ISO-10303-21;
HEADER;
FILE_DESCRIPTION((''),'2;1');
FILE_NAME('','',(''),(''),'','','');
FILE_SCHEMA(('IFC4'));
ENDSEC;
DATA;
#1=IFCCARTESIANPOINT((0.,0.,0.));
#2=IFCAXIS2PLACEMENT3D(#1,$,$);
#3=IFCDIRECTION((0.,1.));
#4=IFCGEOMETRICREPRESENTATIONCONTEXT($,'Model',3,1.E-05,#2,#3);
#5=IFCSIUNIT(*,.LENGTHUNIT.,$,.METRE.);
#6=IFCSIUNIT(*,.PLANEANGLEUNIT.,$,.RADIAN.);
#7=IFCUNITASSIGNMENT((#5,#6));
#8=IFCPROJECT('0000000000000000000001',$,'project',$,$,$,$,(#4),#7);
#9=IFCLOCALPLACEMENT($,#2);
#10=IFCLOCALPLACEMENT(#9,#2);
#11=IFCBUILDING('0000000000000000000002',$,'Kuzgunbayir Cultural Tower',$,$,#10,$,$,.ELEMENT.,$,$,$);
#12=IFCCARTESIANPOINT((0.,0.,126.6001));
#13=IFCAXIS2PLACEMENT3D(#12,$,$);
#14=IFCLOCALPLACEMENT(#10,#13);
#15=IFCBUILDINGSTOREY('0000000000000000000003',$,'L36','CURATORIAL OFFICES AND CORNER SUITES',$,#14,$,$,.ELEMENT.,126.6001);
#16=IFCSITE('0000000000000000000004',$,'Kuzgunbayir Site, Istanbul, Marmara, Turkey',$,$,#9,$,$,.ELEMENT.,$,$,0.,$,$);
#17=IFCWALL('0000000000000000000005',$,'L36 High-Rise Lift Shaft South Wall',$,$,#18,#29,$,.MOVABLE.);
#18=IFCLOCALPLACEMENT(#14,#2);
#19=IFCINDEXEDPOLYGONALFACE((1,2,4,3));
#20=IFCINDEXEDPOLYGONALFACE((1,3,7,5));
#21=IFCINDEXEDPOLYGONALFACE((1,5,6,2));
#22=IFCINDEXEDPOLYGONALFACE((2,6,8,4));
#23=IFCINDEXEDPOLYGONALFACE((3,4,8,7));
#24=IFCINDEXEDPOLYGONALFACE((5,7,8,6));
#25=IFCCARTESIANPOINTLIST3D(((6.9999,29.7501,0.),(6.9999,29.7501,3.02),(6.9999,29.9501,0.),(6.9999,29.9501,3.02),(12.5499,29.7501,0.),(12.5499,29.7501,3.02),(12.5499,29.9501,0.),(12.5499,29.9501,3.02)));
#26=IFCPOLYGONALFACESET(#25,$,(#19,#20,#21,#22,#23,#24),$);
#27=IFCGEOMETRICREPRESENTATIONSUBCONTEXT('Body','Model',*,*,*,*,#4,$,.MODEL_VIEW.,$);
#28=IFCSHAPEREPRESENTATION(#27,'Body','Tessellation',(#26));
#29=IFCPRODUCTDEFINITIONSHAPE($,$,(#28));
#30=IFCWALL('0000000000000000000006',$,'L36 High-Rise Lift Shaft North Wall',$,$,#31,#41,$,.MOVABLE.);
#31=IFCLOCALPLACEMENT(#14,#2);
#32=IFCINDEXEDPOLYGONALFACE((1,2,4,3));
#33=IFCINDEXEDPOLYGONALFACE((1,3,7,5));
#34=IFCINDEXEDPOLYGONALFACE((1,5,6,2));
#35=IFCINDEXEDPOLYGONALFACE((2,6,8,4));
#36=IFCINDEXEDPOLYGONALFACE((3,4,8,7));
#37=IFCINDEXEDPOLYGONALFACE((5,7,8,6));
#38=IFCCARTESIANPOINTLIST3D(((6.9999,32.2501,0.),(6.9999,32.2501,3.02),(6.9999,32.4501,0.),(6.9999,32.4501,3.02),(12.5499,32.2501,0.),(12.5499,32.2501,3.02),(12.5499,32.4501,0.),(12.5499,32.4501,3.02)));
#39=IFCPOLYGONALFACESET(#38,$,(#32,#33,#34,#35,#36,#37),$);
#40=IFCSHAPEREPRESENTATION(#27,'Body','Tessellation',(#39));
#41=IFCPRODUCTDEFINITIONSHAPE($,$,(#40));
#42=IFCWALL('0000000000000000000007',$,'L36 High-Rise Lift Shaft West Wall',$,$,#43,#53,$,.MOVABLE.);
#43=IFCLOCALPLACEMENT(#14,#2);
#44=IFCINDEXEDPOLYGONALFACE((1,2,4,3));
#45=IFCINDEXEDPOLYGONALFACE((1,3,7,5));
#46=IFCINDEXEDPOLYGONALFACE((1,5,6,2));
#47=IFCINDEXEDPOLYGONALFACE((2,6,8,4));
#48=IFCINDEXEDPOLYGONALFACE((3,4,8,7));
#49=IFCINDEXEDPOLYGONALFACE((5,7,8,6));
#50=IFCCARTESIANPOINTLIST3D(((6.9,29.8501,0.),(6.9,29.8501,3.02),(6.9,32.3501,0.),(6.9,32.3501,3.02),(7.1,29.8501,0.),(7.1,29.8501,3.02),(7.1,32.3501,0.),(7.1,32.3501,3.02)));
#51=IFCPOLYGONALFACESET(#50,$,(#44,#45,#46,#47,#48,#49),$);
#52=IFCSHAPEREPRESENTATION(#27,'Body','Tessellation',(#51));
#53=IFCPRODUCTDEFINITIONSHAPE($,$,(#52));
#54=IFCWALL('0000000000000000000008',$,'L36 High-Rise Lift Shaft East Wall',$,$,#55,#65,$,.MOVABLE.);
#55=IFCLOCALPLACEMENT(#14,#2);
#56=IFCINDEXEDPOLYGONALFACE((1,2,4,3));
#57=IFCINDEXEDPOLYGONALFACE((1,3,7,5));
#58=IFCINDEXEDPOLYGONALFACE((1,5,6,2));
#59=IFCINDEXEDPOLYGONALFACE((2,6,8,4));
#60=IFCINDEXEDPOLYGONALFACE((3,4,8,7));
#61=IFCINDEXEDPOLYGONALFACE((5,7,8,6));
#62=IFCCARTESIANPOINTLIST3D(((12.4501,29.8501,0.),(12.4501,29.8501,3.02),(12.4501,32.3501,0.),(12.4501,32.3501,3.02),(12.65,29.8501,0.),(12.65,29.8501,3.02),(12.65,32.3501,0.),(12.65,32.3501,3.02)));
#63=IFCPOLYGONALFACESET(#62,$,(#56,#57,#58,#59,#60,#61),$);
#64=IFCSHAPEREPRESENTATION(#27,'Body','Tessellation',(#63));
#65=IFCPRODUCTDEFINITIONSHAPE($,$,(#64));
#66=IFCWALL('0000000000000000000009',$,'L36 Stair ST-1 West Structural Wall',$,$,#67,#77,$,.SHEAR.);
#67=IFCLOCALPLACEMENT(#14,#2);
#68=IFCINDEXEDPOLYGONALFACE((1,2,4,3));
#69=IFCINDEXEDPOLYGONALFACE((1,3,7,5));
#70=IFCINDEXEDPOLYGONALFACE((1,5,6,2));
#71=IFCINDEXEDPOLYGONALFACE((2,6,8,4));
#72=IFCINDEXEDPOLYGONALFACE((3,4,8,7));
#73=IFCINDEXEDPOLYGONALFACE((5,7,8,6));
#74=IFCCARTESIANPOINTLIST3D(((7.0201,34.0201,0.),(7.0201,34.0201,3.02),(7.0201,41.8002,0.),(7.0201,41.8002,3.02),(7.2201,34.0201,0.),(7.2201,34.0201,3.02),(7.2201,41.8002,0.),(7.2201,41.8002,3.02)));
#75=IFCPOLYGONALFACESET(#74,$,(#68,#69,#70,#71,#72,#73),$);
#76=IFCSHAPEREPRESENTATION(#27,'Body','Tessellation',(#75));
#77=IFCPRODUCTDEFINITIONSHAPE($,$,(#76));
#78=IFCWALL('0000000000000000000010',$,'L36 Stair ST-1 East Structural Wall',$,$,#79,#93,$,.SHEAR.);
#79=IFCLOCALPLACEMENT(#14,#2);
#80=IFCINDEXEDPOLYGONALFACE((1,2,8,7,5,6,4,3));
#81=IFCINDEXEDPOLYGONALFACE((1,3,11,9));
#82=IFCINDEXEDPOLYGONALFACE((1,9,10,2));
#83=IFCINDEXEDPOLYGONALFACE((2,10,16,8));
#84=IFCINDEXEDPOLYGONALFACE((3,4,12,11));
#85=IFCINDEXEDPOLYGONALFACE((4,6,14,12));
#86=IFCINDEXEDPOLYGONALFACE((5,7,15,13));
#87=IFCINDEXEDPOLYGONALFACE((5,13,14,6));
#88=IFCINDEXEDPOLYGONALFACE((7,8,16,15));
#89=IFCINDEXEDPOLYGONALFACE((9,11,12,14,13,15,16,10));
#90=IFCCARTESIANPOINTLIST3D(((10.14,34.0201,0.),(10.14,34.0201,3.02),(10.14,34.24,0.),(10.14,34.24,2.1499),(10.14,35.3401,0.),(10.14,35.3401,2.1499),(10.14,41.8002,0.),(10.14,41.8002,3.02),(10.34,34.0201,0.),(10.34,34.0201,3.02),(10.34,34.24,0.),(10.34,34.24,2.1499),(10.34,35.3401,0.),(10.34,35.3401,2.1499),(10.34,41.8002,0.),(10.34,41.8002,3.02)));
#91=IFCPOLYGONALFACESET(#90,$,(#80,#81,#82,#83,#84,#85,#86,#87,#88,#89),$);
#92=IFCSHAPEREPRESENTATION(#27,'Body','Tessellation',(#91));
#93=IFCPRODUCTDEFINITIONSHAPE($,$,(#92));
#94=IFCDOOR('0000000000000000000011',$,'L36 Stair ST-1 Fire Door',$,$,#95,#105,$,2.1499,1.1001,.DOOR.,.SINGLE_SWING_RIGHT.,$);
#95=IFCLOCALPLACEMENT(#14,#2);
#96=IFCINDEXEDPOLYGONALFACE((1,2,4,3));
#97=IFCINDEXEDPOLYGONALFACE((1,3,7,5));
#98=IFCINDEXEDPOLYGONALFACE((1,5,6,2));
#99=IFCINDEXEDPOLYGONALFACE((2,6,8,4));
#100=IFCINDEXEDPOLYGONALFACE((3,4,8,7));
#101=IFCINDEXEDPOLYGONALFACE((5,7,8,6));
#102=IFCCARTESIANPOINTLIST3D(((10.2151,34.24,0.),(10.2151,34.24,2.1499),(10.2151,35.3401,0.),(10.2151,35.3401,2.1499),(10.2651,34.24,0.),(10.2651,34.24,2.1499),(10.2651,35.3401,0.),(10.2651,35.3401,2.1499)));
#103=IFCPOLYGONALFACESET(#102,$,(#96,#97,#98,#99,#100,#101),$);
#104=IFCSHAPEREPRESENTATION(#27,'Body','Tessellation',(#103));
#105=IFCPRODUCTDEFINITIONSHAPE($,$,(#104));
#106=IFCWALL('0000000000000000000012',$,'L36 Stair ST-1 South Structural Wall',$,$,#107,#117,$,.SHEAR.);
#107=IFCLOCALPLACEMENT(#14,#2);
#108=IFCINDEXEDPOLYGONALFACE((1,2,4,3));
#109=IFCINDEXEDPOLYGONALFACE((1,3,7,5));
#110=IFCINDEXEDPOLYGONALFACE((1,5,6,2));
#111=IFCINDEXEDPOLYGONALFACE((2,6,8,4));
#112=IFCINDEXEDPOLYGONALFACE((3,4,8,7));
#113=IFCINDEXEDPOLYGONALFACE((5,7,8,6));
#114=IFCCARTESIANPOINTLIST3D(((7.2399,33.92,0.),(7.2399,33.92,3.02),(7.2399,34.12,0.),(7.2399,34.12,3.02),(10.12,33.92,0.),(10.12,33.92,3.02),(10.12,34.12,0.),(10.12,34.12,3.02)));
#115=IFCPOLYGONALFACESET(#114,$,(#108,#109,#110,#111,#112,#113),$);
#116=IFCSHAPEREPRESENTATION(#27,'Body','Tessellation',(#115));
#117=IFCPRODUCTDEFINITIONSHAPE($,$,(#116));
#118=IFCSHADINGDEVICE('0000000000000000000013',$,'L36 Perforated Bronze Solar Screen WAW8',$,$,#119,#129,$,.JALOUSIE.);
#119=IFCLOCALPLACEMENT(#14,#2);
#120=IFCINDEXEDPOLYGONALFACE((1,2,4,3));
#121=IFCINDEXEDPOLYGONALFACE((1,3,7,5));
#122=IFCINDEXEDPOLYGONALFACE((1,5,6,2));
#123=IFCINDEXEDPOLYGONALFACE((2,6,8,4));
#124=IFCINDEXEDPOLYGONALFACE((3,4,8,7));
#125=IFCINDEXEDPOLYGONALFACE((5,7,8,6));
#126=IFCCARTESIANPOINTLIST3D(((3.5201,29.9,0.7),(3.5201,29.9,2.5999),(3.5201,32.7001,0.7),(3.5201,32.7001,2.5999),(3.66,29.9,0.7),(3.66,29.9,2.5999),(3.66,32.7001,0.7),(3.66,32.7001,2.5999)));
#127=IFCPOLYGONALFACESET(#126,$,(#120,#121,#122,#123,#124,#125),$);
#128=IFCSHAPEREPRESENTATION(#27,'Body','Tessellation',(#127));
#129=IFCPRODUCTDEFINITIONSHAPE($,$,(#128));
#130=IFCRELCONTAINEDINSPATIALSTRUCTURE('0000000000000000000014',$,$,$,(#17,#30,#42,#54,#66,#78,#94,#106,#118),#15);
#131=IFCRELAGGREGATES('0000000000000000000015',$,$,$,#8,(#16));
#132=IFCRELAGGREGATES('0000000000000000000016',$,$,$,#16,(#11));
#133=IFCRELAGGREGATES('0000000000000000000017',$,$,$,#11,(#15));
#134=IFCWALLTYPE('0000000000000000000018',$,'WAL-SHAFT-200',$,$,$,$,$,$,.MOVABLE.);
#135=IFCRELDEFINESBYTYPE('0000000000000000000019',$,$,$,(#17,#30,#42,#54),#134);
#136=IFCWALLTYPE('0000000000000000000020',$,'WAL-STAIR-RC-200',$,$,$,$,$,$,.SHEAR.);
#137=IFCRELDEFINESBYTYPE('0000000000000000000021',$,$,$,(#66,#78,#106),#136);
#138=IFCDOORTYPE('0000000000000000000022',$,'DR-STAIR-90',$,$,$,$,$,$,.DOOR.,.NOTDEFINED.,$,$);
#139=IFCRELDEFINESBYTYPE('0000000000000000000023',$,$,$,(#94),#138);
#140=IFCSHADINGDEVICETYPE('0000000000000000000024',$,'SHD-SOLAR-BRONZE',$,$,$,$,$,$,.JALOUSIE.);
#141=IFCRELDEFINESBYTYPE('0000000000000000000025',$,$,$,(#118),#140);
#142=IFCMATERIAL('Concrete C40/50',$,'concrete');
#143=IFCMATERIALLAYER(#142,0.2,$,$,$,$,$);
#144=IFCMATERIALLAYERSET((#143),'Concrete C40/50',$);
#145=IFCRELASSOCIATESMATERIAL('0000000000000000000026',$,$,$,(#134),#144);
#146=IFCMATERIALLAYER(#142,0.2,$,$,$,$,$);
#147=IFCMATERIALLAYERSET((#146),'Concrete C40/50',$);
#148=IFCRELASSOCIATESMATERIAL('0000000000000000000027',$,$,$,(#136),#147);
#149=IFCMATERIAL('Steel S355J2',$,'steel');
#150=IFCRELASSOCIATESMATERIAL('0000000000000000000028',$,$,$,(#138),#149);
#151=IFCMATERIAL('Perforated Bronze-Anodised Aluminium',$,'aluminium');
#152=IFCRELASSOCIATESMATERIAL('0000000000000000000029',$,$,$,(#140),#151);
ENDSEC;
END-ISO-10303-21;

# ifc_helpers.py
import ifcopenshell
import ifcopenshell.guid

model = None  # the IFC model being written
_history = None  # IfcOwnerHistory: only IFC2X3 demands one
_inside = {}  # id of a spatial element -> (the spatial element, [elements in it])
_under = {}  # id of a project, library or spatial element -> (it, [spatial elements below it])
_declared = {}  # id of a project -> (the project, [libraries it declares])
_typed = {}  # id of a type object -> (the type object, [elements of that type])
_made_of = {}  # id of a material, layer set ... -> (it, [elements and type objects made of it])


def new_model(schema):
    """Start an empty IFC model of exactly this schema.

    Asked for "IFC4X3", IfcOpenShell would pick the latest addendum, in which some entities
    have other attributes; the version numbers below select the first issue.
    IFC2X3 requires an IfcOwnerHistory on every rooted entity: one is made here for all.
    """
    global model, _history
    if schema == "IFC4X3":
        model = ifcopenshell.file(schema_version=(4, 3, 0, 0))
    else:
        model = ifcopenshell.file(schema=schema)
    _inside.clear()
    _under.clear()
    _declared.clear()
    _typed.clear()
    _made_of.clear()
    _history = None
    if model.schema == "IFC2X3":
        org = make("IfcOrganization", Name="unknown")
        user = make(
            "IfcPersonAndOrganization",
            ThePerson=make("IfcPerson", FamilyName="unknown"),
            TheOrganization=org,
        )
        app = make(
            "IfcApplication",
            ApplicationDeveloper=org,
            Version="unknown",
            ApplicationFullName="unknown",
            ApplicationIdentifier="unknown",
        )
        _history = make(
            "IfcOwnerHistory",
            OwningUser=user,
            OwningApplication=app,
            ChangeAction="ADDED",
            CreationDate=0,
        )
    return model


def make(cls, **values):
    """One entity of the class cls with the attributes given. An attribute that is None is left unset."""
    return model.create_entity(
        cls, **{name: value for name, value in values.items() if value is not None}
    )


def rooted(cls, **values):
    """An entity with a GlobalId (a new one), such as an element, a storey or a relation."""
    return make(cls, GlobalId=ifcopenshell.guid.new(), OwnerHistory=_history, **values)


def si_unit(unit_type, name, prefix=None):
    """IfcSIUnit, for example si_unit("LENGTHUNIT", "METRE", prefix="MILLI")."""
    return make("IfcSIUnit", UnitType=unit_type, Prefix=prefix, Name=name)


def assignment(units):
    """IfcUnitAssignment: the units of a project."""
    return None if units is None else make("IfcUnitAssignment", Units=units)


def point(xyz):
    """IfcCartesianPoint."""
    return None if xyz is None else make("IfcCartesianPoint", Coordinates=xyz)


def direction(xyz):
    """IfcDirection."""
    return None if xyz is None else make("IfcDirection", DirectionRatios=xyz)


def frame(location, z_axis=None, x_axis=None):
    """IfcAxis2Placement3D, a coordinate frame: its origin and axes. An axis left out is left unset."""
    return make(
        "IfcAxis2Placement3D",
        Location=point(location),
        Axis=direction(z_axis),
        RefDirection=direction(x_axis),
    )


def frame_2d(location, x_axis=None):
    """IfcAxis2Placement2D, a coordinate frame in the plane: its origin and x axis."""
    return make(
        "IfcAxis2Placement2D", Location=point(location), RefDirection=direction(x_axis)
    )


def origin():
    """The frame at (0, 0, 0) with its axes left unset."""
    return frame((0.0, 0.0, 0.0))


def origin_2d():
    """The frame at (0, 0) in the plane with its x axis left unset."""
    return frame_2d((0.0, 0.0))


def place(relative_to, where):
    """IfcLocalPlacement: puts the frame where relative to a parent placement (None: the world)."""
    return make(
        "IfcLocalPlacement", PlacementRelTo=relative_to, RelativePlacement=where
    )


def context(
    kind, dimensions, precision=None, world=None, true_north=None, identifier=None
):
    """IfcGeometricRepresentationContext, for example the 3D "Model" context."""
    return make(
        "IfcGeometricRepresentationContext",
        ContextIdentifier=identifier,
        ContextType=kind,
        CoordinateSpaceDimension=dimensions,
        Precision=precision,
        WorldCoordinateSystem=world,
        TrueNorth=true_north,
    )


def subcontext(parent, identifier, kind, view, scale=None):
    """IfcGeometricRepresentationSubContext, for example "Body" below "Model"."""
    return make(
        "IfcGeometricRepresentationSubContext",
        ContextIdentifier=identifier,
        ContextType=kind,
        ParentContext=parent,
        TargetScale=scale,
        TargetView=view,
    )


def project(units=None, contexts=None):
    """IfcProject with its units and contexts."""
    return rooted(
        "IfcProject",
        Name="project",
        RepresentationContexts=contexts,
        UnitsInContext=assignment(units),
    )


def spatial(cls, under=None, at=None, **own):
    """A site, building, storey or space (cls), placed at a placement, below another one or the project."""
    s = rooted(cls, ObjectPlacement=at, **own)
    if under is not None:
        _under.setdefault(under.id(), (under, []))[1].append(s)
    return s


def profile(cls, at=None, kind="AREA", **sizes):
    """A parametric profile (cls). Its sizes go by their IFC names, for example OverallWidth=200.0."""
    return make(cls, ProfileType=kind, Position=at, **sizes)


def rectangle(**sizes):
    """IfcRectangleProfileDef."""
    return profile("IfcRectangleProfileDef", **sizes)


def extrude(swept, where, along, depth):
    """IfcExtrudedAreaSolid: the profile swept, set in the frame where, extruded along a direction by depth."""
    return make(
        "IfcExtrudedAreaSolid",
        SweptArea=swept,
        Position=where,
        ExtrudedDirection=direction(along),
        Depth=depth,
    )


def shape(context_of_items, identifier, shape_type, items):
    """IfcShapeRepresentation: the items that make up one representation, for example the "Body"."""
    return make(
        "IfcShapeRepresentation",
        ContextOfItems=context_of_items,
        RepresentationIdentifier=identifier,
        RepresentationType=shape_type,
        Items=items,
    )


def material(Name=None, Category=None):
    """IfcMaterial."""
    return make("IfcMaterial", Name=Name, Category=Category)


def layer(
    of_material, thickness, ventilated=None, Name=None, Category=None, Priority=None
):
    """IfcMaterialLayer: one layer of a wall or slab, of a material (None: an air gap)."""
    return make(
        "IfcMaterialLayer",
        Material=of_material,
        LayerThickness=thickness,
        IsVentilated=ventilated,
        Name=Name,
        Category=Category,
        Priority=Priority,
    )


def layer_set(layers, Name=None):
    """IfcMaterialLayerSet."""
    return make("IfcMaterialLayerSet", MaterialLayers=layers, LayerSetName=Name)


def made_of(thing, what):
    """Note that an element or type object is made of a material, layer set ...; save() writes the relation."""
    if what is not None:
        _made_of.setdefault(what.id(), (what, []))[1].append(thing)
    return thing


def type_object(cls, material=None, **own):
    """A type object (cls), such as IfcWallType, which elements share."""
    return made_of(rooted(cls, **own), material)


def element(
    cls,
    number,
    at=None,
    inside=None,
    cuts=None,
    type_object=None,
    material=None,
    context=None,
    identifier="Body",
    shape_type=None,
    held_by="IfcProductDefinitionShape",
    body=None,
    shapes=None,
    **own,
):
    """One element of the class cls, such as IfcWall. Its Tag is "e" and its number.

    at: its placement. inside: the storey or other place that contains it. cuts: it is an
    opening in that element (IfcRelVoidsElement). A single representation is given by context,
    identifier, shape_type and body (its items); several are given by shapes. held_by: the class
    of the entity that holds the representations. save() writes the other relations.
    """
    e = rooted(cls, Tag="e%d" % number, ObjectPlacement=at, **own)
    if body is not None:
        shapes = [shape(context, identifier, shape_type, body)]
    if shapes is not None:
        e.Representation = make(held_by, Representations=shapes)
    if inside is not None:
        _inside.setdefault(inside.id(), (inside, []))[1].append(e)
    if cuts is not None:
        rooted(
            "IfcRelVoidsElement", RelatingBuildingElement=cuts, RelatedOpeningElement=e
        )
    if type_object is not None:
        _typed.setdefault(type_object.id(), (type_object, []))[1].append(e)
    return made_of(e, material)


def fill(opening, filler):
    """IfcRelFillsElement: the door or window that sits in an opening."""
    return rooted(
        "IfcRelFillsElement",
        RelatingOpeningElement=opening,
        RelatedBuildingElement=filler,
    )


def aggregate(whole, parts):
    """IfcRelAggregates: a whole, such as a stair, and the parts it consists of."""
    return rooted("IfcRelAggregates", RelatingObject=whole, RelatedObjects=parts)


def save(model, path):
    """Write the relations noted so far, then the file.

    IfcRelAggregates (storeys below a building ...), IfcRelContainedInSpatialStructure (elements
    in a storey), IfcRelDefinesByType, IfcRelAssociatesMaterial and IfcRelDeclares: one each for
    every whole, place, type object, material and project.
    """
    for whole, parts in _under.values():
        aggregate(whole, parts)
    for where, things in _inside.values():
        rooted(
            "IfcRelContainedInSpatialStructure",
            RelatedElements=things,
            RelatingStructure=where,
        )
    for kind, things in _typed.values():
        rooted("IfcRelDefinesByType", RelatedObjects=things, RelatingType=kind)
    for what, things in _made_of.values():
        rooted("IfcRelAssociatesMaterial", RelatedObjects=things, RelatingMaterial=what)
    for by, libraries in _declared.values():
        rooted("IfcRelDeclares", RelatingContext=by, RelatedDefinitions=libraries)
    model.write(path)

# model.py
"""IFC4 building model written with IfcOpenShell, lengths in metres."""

from ifc_helpers import new_model, si_unit, direction, frame, frame_2d, origin, origin_2d, place, context, subcontext, project, spatial, rectangle, extrude, material, layer, layer_set, type_object, element, fill, save


model = new_model("IFC4")

# Units and contexts
model_context = context("Model", 3, precision=1e-05, world=origin(), true_north=direction((0.0, 1.0)))
body_context = subcontext(model_context, "Body", "Model", "MODEL_VIEW")
ifc_project = project(units=[si_unit("LENGTHUNIT", "METRE"), si_unit("PLANEANGLEUNIT", "RADIAN")], contexts=[model_context])

# Site, building, storey
site_placement = place(None, origin())
site = spatial("IfcSite", under=ifc_project, at=site_placement, Name="Kuzgunbayir Site, Istanbul, Marmara, Turkey", CompositionType="ELEMENT", RefElevation=0.0)
building_placement = place(site_placement, origin())
building = spatial("IfcBuilding", under=site, at=building_placement, Name="Kuzgunbayir Cultural Tower", CompositionType="ELEMENT")
storey_placement = place(building_placement, frame((0.0, 0.0, 126.6001)))
storey = spatial("IfcBuildingStorey", under=building, at=storey_placement, Name="L36", Description="CURATORIAL OFFICES AND CORNER SUITES", CompositionType="ELEMENT", Elevation=126.6001)

# Shared definitions
ifc_material_1 = material(Name="Steel S355J2", Category="steel")

# Walls
ifc_material_2 = material(Name="Concrete C40/50", Category="concrete")
ifc_layer_1 = layer(ifc_material_2, 0.2)
ifc_layer_set_1 = layer_set([ifc_layer_1], Name="Concrete C40/50")
wall_type_1 = type_object("IfcWallType", Name="WAL-SHAFT-200", PredefinedType="MOVABLE", material=ifc_layer_set_1)
for number, where, z_axis, x_axis, name in (
    (1, (7.0, 29.8501, 0.0), (0.0, 0.0, 1.0), (1.0, 0.0, 0.0), "L36 High-Rise Lift Shaft South Wall"),
    (2, (7.0, 32.3501, 0.0), (0.0, 0.0, 1.0), (1.0, 0.0, 0.0), "L36 High-Rise Lift Shaft North Wall"),
):
    element("IfcWall", number, at=place(storey_placement, frame(where, z_axis=z_axis, x_axis=x_axis)), inside=storey, type_object=wall_type_1, Name=name, PredefinedType="MOVABLE", context=body_context, shape_type="SweptSolid", body=[
        extrude(rectangle(XDim=5.55, YDim=0.2, at=frame_2d((2.7749, 0.0))), origin(), (0.0, 0.0, 1.0), 3.02),
    ])
for number, where, z_axis, x_axis, name in (
    (3, (7.0, 29.8501, 0.0), (0.0, 0.0, 1.0), (0.0, 1.0, 0.0), "L36 High-Rise Lift Shaft West Wall"),
    (4, (12.55, 29.8501, 0.0), (0.0, 0.0, 1.0), (0.0, 1.0, 0.0), "L36 High-Rise Lift Shaft East Wall"),
):
    element("IfcWall", number, at=place(storey_placement, frame(where, z_axis=z_axis, x_axis=x_axis)), inside=storey, type_object=wall_type_1, Name=name, PredefinedType="MOVABLE", context=body_context, shape_type="SweptSolid", body=[
        extrude(rectangle(XDim=2.5, YDim=0.2, at=frame_2d((1.25, 0.0))), origin(), (0.0, 0.0, 1.0), 3.02),
    ])

# Wall
ifc_layer_2 = layer(ifc_material_2, 0.2)
ifc_layer_set_2 = layer_set([ifc_layer_2], Name="Concrete C40/50")
wall_type_2 = type_object("IfcWallType", Name="WAL-STAIR-RC-200", PredefinedType="SHEAR", material=ifc_layer_set_2)
wall_1_placement = place(storey_placement, frame((7.1201, 34.02, 0.0), z_axis=(0.0, 0.0, 1.0), x_axis=(0.0, 1.0, 0.0)))
element("IfcWall", 5, at=wall_1_placement, inside=storey, type_object=wall_type_2, Name="L36 Stair ST-1 West Structural Wall", PredefinedType="SHEAR", context=body_context, shape_type="SweptSolid", body=[
    extrude(rectangle(XDim=7.78, YDim=0.2, at=frame_2d((3.8901, 0.0))), origin(), (0.0, 0.0, 1.0), 3.02),
])

# Wall, opening, door
wall_2_placement = place(storey_placement, frame((10.24, 34.02, 0.0), z_axis=(0.0, 0.0, 1.0), x_axis=(0.0, 1.0, 0.0)))
wall_2 = element("IfcWall", 6, at=wall_2_placement, inside=storey, type_object=wall_type_2, Name="L36 Stair ST-1 East Structural Wall", PredefinedType="SHEAR", context=body_context, shape_type="SweptSolid", body=[
    extrude(rectangle(XDim=7.78, YDim=0.2, at=frame_2d((3.8901, 0.0))), origin(), (0.0, 0.0, 1.0), 3.02),
])
opening_1_placement = place(wall_2_placement, frame((0.22, 0.0, 0.0)))
opening_1 = element("IfcOpeningElement", 7, at=opening_1_placement, cuts=wall_2, PredefinedType="OPENING", context=body_context, shape_type="SweptSolid", body=[
    extrude(rectangle(XDim=1.1001, YDim=2.1499, at=frame_2d((0.55, 1.075))), frame((0.0, 0.1099, 0.0), z_axis=(0.0, -1.0, 0.0), x_axis=(1.0, 0.0, 0.0)), (0.0, 0.0, 1.0), 0.22),
])
door_type_1 = type_object("IfcDoorType", Name="DR-STAIR-90", OperationType="NOTDEFINED", PredefinedType="DOOR", material=ifc_material_1)
door_1_placement = place(opening_1_placement, origin())
door_1 = element("IfcDoor", 8, at=door_1_placement, inside=storey, type_object=door_type_1, Name="L36 Stair ST-1 Fire Door", OperationType="SINGLE_SWING_RIGHT", OverallHeight=2.1499, OverallWidth=1.1001, PredefinedType="DOOR", context=body_context, shape_type="SweptSolid", body=[
    extrude(rectangle(XDim=1.1001, YDim=2.1499, at=frame_2d((0.55, 1.075))), frame((0.0, 0.0249, 0.0), z_axis=(0.0, -1.0, 0.0), x_axis=(1.0, 0.0, 0.0)), (0.0, 0.0, 1.0), 0.05),
])
fill(opening_1, door_1)

# Wall
wall_3_placement = place(storey_placement, frame((7.24, 34.02, 0.0), z_axis=(0.0, 0.0, 1.0), x_axis=(1.0, 0.0, 0.0)))
element("IfcWall", 9, at=wall_3_placement, inside=storey, type_object=wall_type_2, Name="L36 Stair ST-1 South Structural Wall", PredefinedType="SHEAR", context=body_context, shape_type="SweptSolid", body=[
    extrude(rectangle(XDim=2.8801, YDim=0.2, at=frame_2d((1.4399, 0.0))), origin(), (0.0, 0.0, 1.0), 3.02),
])

# Shading device
ifc_material_3 = material(Name="Perforated Bronze-Anodised Aluminium", Category="aluminium")
shading_device_type = type_object("IfcShadingDeviceType", Name="SHD-SOLAR-BRONZE", PredefinedType="JALOUSIE", material=ifc_material_3)
shading_device_placement = place(storey_placement, frame((3.5901, 31.3, 0.7), z_axis=(0.0, 0.0, 1.0), x_axis=(1.0, 0.0, 0.0)))
element("IfcShadingDevice", 10, at=shading_device_placement, inside=storey, type_object=shading_device_type, Name="L36 Perforated Bronze Solar Screen WAW8", PredefinedType="JALOUSIE", context=body_context, shape_type="SweptSolid", body=[
    extrude(rectangle(XDim=0.1399, YDim=2.8, at=origin_2d()), origin(), (0.0, 0.0, 1.0), 1.8999),
])

save(model, "model.ifc")
